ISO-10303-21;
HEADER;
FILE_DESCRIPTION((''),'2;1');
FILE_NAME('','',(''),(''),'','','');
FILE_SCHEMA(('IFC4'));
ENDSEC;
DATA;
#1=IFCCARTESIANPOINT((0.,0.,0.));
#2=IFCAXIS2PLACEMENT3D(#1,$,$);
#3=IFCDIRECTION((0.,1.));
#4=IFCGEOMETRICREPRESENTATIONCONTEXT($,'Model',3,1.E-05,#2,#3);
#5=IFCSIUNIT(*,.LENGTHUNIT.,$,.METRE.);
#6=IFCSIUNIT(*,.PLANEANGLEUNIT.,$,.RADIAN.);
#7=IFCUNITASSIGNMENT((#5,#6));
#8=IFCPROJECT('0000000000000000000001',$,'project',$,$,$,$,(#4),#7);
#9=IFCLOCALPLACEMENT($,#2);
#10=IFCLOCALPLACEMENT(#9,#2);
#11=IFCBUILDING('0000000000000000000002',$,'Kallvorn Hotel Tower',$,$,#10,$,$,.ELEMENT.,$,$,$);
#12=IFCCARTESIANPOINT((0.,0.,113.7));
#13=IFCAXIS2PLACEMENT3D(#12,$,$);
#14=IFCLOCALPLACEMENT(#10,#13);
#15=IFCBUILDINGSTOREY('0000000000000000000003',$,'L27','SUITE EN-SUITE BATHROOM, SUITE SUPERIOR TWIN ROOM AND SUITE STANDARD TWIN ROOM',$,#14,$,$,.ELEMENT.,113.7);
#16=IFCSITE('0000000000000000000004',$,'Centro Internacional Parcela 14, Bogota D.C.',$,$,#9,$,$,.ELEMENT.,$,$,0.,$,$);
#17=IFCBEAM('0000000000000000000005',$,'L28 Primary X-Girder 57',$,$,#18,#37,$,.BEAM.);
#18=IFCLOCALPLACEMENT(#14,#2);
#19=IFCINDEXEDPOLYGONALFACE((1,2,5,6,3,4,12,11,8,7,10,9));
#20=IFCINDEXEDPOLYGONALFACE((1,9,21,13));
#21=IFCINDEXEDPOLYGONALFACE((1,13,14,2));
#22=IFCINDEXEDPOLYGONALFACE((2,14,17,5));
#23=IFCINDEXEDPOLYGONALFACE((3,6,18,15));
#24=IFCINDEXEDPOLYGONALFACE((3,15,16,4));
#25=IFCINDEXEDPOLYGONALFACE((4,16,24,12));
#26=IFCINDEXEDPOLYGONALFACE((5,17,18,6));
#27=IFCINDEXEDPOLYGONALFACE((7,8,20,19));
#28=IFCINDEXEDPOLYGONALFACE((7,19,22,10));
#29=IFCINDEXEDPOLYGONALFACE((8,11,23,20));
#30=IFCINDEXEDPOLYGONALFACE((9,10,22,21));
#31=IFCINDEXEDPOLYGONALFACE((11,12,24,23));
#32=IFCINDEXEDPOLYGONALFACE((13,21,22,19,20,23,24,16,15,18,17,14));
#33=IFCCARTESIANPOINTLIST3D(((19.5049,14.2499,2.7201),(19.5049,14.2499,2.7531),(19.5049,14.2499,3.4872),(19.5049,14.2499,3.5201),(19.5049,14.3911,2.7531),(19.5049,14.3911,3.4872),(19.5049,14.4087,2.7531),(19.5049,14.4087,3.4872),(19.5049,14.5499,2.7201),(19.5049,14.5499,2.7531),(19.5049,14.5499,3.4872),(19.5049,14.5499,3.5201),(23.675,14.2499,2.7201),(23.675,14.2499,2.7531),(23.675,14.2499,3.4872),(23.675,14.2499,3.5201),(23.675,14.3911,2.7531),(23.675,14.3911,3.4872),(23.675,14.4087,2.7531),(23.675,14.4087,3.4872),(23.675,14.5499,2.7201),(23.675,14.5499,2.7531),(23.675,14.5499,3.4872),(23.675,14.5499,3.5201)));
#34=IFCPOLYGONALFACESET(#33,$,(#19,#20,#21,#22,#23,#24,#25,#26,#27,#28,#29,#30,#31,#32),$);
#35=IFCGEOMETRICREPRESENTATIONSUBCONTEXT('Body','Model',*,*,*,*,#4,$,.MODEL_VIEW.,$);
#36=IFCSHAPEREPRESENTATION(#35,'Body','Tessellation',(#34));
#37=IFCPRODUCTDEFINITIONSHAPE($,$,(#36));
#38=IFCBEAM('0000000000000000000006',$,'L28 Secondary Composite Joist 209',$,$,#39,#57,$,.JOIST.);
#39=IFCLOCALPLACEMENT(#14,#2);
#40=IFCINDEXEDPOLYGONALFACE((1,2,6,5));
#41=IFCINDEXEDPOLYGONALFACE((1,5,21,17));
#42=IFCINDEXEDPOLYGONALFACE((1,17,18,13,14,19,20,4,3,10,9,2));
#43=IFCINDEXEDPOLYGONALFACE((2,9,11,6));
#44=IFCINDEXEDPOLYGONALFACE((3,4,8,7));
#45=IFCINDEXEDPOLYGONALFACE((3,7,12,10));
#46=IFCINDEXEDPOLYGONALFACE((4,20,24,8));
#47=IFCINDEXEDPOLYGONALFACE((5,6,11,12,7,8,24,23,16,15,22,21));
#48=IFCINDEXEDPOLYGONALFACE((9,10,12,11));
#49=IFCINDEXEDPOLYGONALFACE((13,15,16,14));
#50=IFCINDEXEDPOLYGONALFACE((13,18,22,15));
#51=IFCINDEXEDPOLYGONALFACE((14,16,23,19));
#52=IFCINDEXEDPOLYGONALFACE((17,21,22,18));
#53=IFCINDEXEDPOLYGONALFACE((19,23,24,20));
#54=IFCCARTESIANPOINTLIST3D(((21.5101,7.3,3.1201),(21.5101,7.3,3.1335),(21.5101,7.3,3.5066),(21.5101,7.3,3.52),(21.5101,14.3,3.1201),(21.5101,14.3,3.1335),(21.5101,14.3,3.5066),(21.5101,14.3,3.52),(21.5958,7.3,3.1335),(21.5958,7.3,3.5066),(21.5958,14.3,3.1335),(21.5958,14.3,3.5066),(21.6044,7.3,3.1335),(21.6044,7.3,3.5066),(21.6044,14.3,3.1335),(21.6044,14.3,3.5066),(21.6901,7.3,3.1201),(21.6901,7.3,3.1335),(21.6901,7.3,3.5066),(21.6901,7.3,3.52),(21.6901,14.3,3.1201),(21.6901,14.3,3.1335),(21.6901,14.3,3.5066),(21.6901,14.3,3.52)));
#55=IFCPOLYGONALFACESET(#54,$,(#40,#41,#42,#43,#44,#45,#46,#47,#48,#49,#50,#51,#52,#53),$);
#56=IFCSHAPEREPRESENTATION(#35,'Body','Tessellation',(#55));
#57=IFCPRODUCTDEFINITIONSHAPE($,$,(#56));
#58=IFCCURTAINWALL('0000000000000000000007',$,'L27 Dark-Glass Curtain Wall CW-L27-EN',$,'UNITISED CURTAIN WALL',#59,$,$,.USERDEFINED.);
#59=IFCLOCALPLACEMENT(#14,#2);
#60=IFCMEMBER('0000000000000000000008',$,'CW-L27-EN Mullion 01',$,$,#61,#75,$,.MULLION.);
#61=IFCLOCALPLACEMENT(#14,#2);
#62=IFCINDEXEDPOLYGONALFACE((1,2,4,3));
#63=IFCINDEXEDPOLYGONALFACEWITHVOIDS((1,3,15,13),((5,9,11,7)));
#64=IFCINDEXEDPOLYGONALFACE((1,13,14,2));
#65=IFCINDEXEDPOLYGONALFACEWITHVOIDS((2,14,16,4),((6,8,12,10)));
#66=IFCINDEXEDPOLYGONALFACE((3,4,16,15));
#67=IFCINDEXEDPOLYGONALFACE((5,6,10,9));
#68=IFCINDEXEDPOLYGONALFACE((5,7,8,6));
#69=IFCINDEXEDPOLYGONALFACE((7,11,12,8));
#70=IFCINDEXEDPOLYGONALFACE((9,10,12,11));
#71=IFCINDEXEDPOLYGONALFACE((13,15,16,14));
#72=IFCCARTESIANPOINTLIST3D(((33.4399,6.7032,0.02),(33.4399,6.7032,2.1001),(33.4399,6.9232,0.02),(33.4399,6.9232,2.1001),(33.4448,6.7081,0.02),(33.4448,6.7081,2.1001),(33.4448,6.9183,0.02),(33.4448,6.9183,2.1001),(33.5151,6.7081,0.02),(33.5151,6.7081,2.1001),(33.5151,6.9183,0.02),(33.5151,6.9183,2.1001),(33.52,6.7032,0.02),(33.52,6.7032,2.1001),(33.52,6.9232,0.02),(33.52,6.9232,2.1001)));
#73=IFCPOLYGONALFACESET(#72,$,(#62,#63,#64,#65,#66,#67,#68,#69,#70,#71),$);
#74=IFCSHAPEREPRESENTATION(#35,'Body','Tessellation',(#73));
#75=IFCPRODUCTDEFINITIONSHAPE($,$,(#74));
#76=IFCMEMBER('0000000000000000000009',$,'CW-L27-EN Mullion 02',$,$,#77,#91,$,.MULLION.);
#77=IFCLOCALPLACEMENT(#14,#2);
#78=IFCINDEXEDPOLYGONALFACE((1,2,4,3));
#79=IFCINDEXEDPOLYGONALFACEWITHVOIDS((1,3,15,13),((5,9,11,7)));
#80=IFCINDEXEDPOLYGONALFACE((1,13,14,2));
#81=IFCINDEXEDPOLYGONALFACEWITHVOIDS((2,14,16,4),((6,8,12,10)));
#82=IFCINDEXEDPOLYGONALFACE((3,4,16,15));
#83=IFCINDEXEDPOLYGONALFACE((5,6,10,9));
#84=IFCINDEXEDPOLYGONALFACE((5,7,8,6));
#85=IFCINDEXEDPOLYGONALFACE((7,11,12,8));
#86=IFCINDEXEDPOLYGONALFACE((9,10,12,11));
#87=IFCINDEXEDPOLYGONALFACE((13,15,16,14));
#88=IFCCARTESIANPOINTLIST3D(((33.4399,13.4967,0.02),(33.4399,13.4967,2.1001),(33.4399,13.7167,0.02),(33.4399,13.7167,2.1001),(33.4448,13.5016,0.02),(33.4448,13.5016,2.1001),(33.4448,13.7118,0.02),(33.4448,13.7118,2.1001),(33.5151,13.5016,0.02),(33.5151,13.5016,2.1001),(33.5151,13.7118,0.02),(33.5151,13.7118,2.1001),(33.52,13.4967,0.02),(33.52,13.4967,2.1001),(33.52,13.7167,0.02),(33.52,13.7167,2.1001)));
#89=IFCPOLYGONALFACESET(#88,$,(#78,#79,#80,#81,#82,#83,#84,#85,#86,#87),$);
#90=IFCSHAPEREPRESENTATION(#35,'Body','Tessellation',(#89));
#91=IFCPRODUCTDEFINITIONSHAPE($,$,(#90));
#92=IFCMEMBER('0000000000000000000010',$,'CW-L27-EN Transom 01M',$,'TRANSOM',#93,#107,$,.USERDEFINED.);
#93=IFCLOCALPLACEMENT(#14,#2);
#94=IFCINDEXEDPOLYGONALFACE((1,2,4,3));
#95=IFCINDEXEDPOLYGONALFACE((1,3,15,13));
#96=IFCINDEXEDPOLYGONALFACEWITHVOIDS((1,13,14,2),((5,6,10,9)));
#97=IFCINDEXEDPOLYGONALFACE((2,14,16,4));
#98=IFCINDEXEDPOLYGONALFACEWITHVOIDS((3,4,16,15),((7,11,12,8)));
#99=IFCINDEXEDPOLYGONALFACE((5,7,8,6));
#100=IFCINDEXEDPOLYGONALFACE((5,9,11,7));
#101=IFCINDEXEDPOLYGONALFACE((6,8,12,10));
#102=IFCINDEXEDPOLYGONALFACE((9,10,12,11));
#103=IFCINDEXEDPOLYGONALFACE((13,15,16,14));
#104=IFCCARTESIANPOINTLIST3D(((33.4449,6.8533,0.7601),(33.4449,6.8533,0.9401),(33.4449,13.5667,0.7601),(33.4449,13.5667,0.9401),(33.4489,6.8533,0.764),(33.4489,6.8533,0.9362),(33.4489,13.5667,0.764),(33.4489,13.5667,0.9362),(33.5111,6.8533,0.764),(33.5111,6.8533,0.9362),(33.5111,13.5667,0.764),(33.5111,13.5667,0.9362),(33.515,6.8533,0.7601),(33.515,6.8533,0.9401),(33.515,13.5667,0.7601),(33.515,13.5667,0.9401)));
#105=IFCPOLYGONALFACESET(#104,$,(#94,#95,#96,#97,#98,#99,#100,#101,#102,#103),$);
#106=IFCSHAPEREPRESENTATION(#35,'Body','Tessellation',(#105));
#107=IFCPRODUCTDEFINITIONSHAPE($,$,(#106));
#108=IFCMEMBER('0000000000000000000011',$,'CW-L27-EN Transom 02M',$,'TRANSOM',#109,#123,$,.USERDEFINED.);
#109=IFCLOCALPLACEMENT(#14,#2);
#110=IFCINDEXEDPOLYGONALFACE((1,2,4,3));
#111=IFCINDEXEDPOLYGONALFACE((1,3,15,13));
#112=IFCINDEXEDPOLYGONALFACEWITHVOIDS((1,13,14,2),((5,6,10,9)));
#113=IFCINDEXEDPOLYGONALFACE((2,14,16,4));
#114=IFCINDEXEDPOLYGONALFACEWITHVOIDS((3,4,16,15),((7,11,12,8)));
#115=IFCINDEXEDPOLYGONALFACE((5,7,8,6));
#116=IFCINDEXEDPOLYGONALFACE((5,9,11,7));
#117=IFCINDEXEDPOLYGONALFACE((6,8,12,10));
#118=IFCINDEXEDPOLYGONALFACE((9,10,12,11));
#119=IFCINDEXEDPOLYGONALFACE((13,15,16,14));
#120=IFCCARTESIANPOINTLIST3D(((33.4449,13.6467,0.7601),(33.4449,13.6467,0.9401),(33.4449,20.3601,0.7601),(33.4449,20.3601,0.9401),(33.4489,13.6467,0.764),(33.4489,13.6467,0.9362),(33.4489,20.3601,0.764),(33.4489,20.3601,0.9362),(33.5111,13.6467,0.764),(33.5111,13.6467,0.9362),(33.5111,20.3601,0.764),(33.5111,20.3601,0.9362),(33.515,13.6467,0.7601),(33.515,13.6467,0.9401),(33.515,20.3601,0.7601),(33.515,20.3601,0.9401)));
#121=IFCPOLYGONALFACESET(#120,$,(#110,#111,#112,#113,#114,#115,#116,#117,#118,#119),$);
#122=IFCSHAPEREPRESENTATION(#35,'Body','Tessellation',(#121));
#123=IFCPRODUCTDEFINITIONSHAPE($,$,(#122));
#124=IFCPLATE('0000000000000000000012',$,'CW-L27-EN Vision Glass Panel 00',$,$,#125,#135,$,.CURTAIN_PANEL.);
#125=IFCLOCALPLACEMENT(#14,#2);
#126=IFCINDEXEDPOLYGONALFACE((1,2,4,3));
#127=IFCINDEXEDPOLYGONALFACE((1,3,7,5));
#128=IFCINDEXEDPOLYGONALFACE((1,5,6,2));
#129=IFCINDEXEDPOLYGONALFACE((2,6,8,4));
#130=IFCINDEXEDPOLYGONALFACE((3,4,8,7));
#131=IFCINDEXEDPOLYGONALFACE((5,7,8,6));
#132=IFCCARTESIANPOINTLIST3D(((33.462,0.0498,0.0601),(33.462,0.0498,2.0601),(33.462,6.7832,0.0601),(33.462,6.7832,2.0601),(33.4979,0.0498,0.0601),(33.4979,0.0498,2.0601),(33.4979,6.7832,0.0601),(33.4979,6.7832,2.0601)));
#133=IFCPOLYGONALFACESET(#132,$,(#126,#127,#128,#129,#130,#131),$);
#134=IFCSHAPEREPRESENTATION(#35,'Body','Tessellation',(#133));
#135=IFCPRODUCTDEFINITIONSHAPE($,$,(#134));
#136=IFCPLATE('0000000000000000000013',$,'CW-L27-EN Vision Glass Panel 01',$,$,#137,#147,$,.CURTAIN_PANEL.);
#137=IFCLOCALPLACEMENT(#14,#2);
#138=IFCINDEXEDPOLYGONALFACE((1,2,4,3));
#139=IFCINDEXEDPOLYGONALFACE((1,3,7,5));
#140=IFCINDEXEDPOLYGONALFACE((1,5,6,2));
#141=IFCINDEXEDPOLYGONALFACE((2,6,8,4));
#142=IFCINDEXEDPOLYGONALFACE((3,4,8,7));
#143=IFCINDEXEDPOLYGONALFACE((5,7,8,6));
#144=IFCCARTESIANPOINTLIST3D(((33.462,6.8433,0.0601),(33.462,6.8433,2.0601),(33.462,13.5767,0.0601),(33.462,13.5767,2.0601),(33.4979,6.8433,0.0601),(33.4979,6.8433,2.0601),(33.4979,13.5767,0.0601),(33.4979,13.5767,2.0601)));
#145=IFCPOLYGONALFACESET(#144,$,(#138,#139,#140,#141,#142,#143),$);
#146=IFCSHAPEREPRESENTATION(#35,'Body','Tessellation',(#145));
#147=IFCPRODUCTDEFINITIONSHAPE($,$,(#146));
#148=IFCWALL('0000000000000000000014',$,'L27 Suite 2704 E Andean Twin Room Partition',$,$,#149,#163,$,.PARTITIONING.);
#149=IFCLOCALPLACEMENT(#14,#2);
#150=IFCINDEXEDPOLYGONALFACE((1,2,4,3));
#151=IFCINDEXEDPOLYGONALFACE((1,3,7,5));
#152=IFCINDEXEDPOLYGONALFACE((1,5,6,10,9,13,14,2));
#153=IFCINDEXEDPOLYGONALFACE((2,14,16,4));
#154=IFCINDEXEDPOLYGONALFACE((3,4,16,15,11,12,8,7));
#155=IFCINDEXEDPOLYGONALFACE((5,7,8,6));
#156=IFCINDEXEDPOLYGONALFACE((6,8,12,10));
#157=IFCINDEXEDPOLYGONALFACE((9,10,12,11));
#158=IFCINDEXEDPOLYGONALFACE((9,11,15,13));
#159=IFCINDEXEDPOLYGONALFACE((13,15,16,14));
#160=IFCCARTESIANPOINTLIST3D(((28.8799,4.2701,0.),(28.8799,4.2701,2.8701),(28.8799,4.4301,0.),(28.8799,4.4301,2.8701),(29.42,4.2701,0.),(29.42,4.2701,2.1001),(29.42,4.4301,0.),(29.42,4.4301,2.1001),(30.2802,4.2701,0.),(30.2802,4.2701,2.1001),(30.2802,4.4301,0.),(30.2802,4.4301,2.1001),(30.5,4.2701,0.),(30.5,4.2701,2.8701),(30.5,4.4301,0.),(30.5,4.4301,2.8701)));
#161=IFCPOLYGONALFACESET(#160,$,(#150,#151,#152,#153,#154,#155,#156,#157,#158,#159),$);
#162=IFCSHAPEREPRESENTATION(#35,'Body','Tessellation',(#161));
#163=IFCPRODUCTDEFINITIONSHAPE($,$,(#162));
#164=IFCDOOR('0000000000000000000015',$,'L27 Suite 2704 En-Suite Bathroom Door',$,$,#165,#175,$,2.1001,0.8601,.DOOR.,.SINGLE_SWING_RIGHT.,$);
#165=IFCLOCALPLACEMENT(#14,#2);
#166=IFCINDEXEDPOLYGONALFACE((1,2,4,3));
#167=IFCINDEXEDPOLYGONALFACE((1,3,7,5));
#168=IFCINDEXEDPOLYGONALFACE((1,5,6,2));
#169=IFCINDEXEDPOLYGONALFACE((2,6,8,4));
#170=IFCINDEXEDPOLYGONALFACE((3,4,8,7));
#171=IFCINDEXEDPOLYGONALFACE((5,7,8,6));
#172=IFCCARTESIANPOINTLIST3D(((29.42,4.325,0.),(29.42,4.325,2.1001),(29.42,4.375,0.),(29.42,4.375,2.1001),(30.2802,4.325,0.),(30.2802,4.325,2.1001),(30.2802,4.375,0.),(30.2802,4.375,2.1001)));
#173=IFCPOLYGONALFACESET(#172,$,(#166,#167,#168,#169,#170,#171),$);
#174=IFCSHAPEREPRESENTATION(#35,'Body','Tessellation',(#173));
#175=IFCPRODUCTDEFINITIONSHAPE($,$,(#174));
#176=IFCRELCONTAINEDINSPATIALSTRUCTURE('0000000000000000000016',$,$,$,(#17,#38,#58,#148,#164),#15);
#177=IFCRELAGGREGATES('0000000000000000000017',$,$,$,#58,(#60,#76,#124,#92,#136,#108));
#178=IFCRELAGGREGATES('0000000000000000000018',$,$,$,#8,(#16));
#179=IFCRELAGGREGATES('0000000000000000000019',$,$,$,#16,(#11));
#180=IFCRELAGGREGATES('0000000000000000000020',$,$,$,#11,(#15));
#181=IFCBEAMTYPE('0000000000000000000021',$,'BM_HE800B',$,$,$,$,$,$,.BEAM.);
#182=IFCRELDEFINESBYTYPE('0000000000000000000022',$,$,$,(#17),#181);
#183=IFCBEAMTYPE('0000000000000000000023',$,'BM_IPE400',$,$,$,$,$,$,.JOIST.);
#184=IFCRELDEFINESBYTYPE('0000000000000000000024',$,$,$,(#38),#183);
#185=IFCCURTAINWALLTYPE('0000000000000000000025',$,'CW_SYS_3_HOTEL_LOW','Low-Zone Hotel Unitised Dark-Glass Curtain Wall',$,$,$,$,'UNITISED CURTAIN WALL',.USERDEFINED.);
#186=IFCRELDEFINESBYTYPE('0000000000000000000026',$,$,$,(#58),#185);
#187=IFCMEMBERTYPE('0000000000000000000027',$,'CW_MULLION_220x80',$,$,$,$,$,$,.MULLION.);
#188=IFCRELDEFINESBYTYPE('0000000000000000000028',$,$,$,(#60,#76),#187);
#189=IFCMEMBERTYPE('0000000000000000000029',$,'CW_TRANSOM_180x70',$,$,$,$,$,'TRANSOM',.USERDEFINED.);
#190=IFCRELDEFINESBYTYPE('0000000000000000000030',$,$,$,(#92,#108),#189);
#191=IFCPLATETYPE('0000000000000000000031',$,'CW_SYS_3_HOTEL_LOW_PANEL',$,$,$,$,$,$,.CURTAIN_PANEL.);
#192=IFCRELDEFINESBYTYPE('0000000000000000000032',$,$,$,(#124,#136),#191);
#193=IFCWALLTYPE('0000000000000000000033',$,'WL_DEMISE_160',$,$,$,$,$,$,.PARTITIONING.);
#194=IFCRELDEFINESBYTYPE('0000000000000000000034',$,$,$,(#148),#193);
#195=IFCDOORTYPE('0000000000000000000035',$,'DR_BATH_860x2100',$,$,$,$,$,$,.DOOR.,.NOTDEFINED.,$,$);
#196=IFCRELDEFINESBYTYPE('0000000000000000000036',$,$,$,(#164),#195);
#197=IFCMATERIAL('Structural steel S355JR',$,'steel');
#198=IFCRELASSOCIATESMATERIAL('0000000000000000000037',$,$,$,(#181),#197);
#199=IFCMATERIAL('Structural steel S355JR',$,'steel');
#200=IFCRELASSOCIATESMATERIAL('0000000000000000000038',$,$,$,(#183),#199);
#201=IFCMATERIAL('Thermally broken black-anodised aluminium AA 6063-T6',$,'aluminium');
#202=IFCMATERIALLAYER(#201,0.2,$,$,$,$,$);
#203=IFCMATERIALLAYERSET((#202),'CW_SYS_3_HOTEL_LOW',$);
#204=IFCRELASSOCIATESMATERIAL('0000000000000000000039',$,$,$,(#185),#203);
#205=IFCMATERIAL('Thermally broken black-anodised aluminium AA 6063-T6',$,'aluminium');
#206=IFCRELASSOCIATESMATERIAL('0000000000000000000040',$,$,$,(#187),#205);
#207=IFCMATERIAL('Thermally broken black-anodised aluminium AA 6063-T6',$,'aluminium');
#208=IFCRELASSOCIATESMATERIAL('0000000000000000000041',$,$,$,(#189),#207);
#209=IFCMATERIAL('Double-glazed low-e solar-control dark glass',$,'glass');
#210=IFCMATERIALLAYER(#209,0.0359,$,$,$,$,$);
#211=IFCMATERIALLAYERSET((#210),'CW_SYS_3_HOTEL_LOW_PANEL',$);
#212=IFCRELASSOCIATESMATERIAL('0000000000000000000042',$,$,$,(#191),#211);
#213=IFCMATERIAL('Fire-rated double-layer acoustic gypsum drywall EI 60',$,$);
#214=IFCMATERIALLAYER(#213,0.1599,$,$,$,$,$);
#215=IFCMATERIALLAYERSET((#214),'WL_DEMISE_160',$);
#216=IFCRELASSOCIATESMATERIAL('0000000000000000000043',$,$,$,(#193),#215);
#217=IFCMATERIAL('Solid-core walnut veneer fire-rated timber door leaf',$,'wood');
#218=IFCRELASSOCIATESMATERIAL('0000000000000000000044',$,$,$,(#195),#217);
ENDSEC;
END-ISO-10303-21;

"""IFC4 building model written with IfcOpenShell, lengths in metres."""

from ifc_helpers import new_model, si_unit, direction, frame, frame_2d, origin, origin_2d, place, context, subcontext, project, spatial, rectangle, hollow_rectangle, i_section, extrude, material, layer, layer_set, material_profile, profile_set, type_object, element, fill, aggregate, save


model = new_model("IFC4")

# Units and contexts
model_context = context("Model", 3, precision=1e-05, world=origin(), true_north=direction((0.0, 1.0)))
body_context = subcontext(model_context, "Body", "Model", "MODEL_VIEW")
ifc_project = project(units=[si_unit("LENGTHUNIT", "METRE"), si_unit("PLANEANGLEUNIT", "RADIAN")], contexts=[model_context])

# Site, building, storey
site_placement = place(None, origin())
site = spatial("IfcSite", under=ifc_project, at=site_placement, Name="Centro Internacional Parcela 14, Bogota D.C.", CompositionType="ELEMENT", RefElevation=0.0)
building_placement = place(site_placement, origin())
building = spatial("IfcBuilding", under=site, at=building_placement, Name="Kallvorn Hotel Tower", CompositionType="ELEMENT")
storey_placement = place(building_placement, frame((0.0, 0.0, 113.7)))
storey = spatial("IfcBuildingStorey", under=building, at=storey_placement, Name="L27", Description="SUITE EN-SUITE BATHROOM, SUITE SUPERIOR TWIN ROOM AND SUITE STANDARD TWIN ROOM", CompositionType="ELEMENT", Elevation=113.7)

# Beams
ifc_material_1 = material(Name="Structural steel S355JR", Category="steel")
ifc_material_profile_1 = material_profile(ifc_material_1, i_section(OverallWidth=0.3, OverallDepth=0.8, WebThickness=0.0176, FlangeThickness=0.033, at=origin_2d()), Name="HE 800 B")
ifc_profile_set_1 = profile_set([ifc_material_profile_1], Name="Structural steel S355JR")
beam_type_1 = type_object("IfcBeamType", Name="BM_HE800B", PredefinedType="BEAM", material=ifc_profile_set_1)
beam_1_placement = place(storey_placement, frame((19.5049, 14.3999, 3.1201), z_axis=(1.0, 0.0, 0.0), x_axis=(0.0, 1.0, 0.0)))
element("IfcBeam", 1, at=beam_1_placement, inside=storey, type_object=beam_type_1, Name="L28 Primary X-Girder 57", PredefinedType="BEAM", context=body_context, shape_type="SweptSolid", body=[
    extrude(i_section(OverallWidth=0.3, OverallDepth=0.8, WebThickness=0.0176, FlangeThickness=0.033, at=origin_2d()), origin(), (0.0, 0.0, 1.0), 4.1702),
])
ifc_material_2 = material(Name="Structural steel S355JR", Category="steel")
ifc_material_profile_2 = material_profile(ifc_material_2, i_section(OverallWidth=0.1799, OverallDepth=0.3999, WebThickness=0.0085, FlangeThickness=0.0134, at=origin_2d()), Name="IPE 400")
ifc_profile_set_2 = profile_set([ifc_material_profile_2], Name="Structural steel S355JR")
beam_type_2 = type_object("IfcBeamType", Name="BM_IPE400", PredefinedType="JOIST", material=ifc_profile_set_2)
beam_2_placement = place(storey_placement, frame((21.6001, 7.3, 3.3201), z_axis=(0.0, 1.0, 0.0), x_axis=(-1.0, 0.0, 0.0)))
element("IfcBeam", 2, at=beam_2_placement, inside=storey, type_object=beam_type_2, Name="L28 Secondary Composite Joist 209", PredefinedType="JOIST", context=body_context, shape_type="SweptSolid", body=[
    extrude(i_section(OverallWidth=0.1799, OverallDepth=0.3999, WebThickness=0.0085, FlangeThickness=0.0134, at=origin_2d()), origin(), (0.0, 0.0, 1.0), 7.0),
])

# Curtain wall, members, plates
ifc_material_3 = material(Name="Thermally broken black-anodised aluminium AA 6063-T6", Category="aluminium")
ifc_layer_1 = layer(ifc_material_3, 0.2)
ifc_layer_set_1 = layer_set([ifc_layer_1], Name="CW_SYS_3_HOTEL_LOW")
curtain_wall_type = type_object("IfcCurtainWallType", Name="CW_SYS_3_HOTEL_LOW", Description="Low-Zone Hotel Unitised Dark-Glass Curtain Wall", ElementType="UNITISED CURTAIN WALL", PredefinedType="USERDEFINED", material=ifc_layer_set_1)
curtain_wall_placement = place(storey_placement, origin())
curtain_wall = element("IfcCurtainWall", 3, at=curtain_wall_placement, inside=storey, type_object=curtain_wall_type, Name="L27 Dark-Glass Curtain Wall CW-L27-EN", ObjectType="UNITISED CURTAIN WALL", PredefinedType="USERDEFINED")
ifc_material_4 = material(Name="Thermally broken black-anodised aluminium AA 6063-T6", Category="aluminium")
ifc_material_profile_3 = material_profile(ifc_material_4, hollow_rectangle(XDim=0.0801, YDim=0.22, WallThickness=0.0049, at=origin_2d()), Name="MUL 220x80")
ifc_profile_set_3 = profile_set([ifc_material_profile_3], Name="Thermally broken black-anodised aluminium AA 6063-T6")
member_type_1 = type_object("IfcMemberType", Name="CW_MULLION_220x80", PredefinedType="MULLION", material=ifc_profile_set_3)
member_1_placement = place(storey_placement, frame((33.48, 6.8132, 0.02), z_axis=(0.0, 0.0, 1.0), x_axis=(1.0, 0.0, 0.0)))
member_1 = element("IfcMember", 4, at=member_1_placement, type_object=member_type_1, Name="CW-L27-EN Mullion 01", PredefinedType="MULLION", context=body_context, shape_type="SweptSolid", body=[
    extrude(hollow_rectangle(XDim=0.0801, YDim=0.22, WallThickness=0.0049, at=origin_2d()), origin(), (0.0, 0.0, 1.0), 2.0801),
])
member_2_placement = place(storey_placement, frame((33.48, 13.6067, 0.02), z_axis=(0.0, 0.0, 1.0), x_axis=(1.0, 0.0, 0.0)))
member_2 = element("IfcMember", 5, at=member_2_placement, type_object=member_type_1, Name="CW-L27-EN Mullion 02", PredefinedType="MULLION", context=body_context, shape_type="SweptSolid", body=[
    extrude(hollow_rectangle(XDim=0.0801, YDim=0.22, WallThickness=0.0049, at=origin_2d()), origin(), (0.0, 0.0, 1.0), 2.0801),
])
ifc_material_5 = material(Name="Thermally broken black-anodised aluminium AA 6063-T6", Category="aluminium")
ifc_material_profile_4 = material_profile(ifc_material_5, hollow_rectangle(XDim=0.0701, YDim=0.1799, WallThickness=0.0039, at=origin_2d()), Name="TRN 180x70")
ifc_profile_set_4 = profile_set([ifc_material_profile_4], Name="Thermally broken black-anodised aluminium AA 6063-T6")
member_type_2 = type_object("IfcMemberType", Name="CW_TRANSOM_180x70", ElementType="TRANSOM", PredefinedType="USERDEFINED", material=ifc_profile_set_4)
member_3_placement = place(storey_placement, frame((33.48, 6.8533, 0.8501), z_axis=(0.0, 1.0, 0.0), x_axis=(-1.0, 0.0, 0.0)))
member_3 = element("IfcMember", 6, at=member_3_placement, type_object=member_type_2, Name="CW-L27-EN Transom 01M", ObjectType="TRANSOM", PredefinedType="USERDEFINED", context=body_context, shape_type="SweptSolid", body=[
    extrude(hollow_rectangle(XDim=0.0701, YDim=0.1799, WallThickness=0.0039, at=origin_2d()), origin(), (0.0, 0.0, 1.0), 6.7134),
])
member_4_placement = place(storey_placement, frame((33.48, 13.6467, 0.8501), z_axis=(0.0, 1.0, 0.0), x_axis=(-1.0, 0.0, 0.0)))
member_4 = element("IfcMember", 7, at=member_4_placement, type_object=member_type_2, Name="CW-L27-EN Transom 02M", ObjectType="TRANSOM", PredefinedType="USERDEFINED", context=body_context, shape_type="SweptSolid", body=[
    extrude(hollow_rectangle(XDim=0.0701, YDim=0.1799, WallThickness=0.0039, at=origin_2d()), origin(), (0.0, 0.0, 1.0), 6.7134),
])
ifc_material_6 = material(Name="Double-glazed low-e solar-control dark glass", Category="glass")
ifc_layer_2 = layer(ifc_material_6, 0.0359)
ifc_layer_set_2 = layer_set([ifc_layer_2], Name="CW_SYS_3_HOTEL_LOW_PANEL")
plate_type = type_object("IfcPlateType", Name="CW_SYS_3_HOTEL_LOW_PANEL", PredefinedType="CURTAIN_PANEL", material=ifc_layer_set_2)
plate_1_placement = place(storey_placement, frame((33.48, 3.4165, 0.0601), z_axis=(0.0, 0.0, 1.0), x_axis=(0.0, 1.0, 0.0)))
plate_1 = element("IfcPlate", 8, at=plate_1_placement, type_object=plate_type, Name="CW-L27-EN Vision Glass Panel 00", PredefinedType="CURTAIN_PANEL", context=body_context, shape_type="SweptSolid", body=[
    extrude(rectangle(XDim=6.7334, YDim=0.0359, at=origin_2d()), origin(), (0.0, 0.0, 1.0), 2.0),
])
plate_2_placement = place(storey_placement, frame((33.48, 10.21, 0.0601), z_axis=(0.0, 0.0, 1.0), x_axis=(0.0, 1.0, 0.0)))
plate_2 = element("IfcPlate", 9, at=plate_2_placement, type_object=plate_type, Name="CW-L27-EN Vision Glass Panel 01", PredefinedType="CURTAIN_PANEL", context=body_context, shape_type="SweptSolid", body=[
    extrude(rectangle(XDim=6.7334, YDim=0.0359, at=origin_2d()), origin(), (0.0, 0.0, 1.0), 2.0),
])
aggregate(curtain_wall, [member_1, member_2, plate_1, member_3, plate_2, member_4])

# Wall, opening, door
ifc_material_7 = material(Name="Fire-rated double-layer acoustic gypsum drywall EI 60")
ifc_layer_3 = layer(ifc_material_7, 0.1599)
ifc_layer_set_3 = layer_set([ifc_layer_3], Name="WL_DEMISE_160")
wall_type_1 = type_object("IfcWallType", Name="WL_DEMISE_160", PredefinedType="PARTITIONING", material=ifc_layer_set_3)
wall_1_placement = place(storey_placement, frame((28.8799, 4.3501, 0.0), z_axis=(0.0, 0.0, 1.0), x_axis=(1.0, 0.0, 0.0)))
wall_1 = element("IfcWall", 10, at=wall_1_placement, inside=storey, type_object=wall_type_1, Name="L27 Suite 2704 E Andean Twin Room Partition", PredefinedType="PARTITIONING", context=body_context, shape_type="SweptSolid", body=[
    extrude(rectangle(XDim=1.6201, YDim=0.1599, at=frame_2d((0.8101, 0.0))), origin(), (0.0, 0.0, 1.0), 2.8701),
])
opening_1_placement = place(wall_1_placement, frame((0.54, 0.0, 0.0)))
opening_1 = element("IfcOpeningElement", 11, at=opening_1_placement, cuts=wall_1, PredefinedType="OPENING", context=body_context, shape_type="SweptSolid", body=[
    extrude(rectangle(XDim=0.8601, YDim=2.1001, at=frame_2d((0.4302, 1.05))), frame((0.0, 0.095, 0.0), z_axis=(0.0, -1.0, 0.0), x_axis=(1.0, 0.0, 0.0)), (0.0, 0.0, 1.0), 0.1899),
])
ifc_material_8 = material(Name="Solid-core walnut veneer fire-rated timber door leaf", Category="wood")
door_type = type_object("IfcDoorType", Name="DR_BATH_860x2100", OperationType="NOTDEFINED", PredefinedType="DOOR", material=ifc_material_8)
door_1_placement = place(opening_1_placement, origin())
door_1 = element("IfcDoor", 12, at=door_1_placement, inside=storey, type_object=door_type, Name="L27 Suite 2704 En-Suite Bathroom Door", OperationType="SINGLE_SWING_RIGHT", OverallHeight=2.1001, OverallWidth=0.8601, PredefinedType="DOOR", context=body_context, shape_type="SweptSolid", body=[
    extrude(rectangle(XDim=0.8601, YDim=2.1001, at=frame_2d((0.4302, 1.05))), frame((0.0, 0.0249, 0.0), z_axis=(0.0, -1.0, 0.0), x_axis=(1.0, 0.0, 0.0)), (0.0, 0.0, 1.0), 0.05),
])
fill(opening_1, door_1)

save(model, "model.ifc")
